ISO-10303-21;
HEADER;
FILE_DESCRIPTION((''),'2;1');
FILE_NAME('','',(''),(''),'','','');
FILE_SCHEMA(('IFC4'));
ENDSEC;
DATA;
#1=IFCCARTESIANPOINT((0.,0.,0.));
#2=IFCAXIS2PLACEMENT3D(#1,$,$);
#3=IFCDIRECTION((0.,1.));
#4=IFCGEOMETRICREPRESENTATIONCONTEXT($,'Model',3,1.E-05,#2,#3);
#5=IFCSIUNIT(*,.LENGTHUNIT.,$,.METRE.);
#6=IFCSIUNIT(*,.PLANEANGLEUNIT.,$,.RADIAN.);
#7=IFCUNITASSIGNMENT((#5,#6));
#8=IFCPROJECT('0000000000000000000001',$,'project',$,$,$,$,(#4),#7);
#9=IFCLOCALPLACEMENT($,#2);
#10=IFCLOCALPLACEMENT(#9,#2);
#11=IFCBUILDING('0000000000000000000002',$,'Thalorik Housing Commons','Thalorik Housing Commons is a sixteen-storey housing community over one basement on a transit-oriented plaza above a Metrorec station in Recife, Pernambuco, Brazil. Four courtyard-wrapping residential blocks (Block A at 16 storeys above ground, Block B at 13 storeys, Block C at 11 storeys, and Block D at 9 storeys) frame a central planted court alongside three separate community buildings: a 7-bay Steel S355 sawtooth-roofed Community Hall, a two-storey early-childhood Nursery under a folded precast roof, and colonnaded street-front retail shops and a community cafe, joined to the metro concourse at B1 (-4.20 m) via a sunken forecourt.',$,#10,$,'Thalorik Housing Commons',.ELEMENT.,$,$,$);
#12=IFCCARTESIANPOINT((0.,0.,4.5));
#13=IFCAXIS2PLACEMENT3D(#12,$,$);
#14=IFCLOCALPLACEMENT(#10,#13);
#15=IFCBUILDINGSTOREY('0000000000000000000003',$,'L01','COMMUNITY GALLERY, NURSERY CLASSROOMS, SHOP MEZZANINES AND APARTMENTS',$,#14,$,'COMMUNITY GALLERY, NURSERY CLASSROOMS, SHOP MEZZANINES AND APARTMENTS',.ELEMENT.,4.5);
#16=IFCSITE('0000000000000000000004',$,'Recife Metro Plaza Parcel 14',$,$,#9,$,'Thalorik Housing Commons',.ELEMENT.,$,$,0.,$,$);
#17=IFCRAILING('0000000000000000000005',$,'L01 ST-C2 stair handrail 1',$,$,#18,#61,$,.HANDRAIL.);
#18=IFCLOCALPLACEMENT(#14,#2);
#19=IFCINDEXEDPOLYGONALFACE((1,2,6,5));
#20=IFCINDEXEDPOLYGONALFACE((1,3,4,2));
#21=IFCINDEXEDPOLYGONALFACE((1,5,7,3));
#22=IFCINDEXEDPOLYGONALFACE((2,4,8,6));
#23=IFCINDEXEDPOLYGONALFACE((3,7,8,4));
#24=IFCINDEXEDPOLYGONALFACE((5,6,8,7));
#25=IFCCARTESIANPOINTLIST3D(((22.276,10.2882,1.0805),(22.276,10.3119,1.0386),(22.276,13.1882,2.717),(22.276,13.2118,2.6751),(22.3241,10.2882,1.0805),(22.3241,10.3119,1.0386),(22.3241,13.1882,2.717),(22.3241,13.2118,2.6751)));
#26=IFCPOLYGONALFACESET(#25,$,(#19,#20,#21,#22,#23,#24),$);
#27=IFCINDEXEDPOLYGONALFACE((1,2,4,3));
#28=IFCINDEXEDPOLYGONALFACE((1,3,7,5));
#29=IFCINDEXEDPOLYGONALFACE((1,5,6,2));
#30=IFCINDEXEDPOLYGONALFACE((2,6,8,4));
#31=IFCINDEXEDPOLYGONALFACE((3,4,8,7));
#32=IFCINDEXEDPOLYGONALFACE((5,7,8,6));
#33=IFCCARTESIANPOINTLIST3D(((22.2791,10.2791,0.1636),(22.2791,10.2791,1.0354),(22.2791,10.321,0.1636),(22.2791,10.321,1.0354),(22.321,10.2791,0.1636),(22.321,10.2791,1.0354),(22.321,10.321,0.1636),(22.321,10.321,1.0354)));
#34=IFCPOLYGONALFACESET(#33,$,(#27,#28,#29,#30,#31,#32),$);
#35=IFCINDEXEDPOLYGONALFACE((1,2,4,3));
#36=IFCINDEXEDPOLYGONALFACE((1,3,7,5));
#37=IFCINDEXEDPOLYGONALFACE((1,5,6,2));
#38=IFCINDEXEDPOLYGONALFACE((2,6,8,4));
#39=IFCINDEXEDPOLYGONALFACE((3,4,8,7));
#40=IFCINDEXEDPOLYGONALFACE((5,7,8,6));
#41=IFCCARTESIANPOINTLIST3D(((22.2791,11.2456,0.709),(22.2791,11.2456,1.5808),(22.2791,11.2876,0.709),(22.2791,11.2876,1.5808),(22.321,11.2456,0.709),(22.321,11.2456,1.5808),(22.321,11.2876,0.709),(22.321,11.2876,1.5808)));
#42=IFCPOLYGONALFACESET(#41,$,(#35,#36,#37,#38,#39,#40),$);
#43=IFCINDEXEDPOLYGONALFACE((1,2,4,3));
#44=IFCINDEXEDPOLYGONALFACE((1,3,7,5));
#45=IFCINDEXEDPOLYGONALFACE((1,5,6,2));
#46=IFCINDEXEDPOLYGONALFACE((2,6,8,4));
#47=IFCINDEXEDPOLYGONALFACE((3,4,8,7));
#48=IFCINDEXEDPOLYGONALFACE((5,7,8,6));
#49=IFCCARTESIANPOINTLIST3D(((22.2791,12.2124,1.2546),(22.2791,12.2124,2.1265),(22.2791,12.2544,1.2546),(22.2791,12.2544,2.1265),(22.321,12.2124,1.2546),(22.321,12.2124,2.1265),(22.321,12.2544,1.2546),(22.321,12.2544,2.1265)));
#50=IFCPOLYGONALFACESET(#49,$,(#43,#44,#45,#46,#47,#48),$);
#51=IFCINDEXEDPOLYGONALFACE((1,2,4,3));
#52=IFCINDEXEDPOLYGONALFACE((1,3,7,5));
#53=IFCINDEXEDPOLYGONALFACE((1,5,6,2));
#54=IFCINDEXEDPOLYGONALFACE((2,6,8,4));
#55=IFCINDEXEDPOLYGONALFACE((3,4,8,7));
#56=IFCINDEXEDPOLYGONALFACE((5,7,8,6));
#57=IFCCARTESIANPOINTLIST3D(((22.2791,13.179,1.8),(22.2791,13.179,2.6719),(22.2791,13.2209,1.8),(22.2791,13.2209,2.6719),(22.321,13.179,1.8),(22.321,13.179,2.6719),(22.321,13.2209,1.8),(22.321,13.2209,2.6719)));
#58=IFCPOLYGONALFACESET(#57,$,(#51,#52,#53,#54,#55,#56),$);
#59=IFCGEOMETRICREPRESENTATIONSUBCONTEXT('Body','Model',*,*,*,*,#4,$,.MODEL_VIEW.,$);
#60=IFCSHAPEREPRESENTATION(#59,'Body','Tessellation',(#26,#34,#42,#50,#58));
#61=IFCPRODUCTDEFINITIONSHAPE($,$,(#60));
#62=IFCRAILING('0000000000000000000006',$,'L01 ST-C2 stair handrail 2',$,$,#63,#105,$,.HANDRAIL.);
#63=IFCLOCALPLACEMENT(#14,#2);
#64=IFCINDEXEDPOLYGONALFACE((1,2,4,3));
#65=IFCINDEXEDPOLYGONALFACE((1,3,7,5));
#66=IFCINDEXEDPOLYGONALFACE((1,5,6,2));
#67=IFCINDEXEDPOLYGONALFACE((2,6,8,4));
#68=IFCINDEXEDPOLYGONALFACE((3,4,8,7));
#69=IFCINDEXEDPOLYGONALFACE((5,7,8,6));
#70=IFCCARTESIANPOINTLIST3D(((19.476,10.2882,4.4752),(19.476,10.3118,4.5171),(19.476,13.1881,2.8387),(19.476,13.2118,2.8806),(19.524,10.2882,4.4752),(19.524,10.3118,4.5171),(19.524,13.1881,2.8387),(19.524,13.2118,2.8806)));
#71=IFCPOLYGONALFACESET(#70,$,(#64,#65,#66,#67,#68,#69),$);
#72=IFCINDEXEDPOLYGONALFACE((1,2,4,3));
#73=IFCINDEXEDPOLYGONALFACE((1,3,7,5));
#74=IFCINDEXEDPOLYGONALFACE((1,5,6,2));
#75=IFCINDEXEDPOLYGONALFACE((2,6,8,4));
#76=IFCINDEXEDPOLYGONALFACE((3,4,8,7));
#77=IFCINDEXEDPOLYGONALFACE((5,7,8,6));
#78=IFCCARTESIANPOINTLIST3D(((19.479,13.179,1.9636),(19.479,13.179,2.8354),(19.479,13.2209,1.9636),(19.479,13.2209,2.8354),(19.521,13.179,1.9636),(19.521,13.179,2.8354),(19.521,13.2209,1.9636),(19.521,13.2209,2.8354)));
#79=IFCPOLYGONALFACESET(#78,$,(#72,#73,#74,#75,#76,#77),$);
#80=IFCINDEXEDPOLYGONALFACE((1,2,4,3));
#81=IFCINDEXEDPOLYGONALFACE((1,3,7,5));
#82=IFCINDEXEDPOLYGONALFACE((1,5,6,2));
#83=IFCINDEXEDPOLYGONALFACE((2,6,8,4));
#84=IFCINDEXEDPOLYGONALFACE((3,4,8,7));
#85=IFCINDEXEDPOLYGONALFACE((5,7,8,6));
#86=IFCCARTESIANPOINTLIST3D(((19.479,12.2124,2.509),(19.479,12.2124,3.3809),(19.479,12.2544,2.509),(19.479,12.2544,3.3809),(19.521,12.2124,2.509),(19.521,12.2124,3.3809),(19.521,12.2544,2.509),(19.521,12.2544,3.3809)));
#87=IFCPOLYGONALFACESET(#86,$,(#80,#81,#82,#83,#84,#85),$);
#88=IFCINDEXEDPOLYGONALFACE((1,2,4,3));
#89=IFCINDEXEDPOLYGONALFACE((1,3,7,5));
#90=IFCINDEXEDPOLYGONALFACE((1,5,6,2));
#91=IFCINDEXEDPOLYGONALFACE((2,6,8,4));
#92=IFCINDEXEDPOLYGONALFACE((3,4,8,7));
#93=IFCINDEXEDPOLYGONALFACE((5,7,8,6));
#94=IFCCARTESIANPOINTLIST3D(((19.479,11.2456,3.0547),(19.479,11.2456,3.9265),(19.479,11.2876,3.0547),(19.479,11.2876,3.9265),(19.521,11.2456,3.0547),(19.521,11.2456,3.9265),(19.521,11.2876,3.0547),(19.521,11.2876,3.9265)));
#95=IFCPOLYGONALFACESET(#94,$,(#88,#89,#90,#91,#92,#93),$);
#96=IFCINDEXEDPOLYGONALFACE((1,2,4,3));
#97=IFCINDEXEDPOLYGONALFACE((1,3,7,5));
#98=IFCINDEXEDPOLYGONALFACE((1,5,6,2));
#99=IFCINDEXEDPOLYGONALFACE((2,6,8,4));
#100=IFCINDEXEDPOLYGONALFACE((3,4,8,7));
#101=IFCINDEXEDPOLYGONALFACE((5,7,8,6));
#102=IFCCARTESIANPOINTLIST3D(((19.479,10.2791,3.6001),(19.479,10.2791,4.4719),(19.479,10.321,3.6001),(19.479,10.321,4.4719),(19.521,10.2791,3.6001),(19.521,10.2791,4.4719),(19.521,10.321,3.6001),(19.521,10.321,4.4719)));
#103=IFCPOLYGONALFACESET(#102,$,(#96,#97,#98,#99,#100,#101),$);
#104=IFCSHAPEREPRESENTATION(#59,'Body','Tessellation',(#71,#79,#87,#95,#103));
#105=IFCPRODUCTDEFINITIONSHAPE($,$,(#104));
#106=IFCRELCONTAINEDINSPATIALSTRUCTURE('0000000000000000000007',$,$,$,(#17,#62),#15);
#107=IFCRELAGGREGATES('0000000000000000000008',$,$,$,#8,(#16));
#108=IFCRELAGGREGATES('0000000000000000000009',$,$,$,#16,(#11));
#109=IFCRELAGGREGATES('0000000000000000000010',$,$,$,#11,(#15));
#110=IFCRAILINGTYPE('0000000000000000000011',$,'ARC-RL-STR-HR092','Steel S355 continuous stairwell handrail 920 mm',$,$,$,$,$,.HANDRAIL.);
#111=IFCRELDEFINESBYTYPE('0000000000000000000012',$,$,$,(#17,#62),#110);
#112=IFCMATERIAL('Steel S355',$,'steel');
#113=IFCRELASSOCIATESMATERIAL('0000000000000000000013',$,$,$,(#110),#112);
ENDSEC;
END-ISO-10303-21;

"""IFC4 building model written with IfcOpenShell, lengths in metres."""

from ifc_helpers import new_model, si_unit, direction, frame, origin, origin_2d, place, context, subcontext, project, spatial, rectangle, extrude, material, type_object, element, save


model = new_model("IFC4")

# Units and contexts
model_context = context("Model", 3, precision=1e-05, world=origin(), true_north=direction((0.0, 1.0)))
body_context = subcontext(model_context, "Body", "Model", "MODEL_VIEW")
ifc_project = project(units=[si_unit("LENGTHUNIT", "METRE"), si_unit("PLANEANGLEUNIT", "RADIAN")], contexts=[model_context])

# Site, building, storey
site_placement = place(None, origin())
site = spatial("IfcSite", under=ifc_project, at=site_placement, Name="Recife Metro Plaza Parcel 14", LongName="Thalorik Housing Commons", CompositionType="ELEMENT", RefElevation=0.0)
building_placement = place(site_placement, origin())
building = spatial("IfcBuilding", under=site, at=building_placement, Name="Thalorik Housing Commons", Description="Thalorik Housing Commons is a sixteen-storey housing community over one basement on a transit-oriented plaza above a Metrorec station in Recife, Pernambuco, Brazil. Four courtyard-wrapping residential blocks (Block A at 16 storeys above ground, Block B at 13 storeys, Block C at 11 storeys, and Block D at 9 storeys) frame a central planted court alongside three separate community buildings: a 7-bay Steel S355 sawtooth-roofed Community Hall, a two-storey early-childhood Nursery under a folded precast roof, and colonnaded street-front retail shops and a community cafe, joined to the metro concourse at B1 (-4.20 m) via a sunken forecourt.", LongName="Thalorik Housing Commons", CompositionType="ELEMENT")
storey_placement = place(building_placement, frame((0.0, 0.0, 4.5)))
storey = spatial("IfcBuildingStorey", under=building, at=storey_placement, Name="L01", Description="COMMUNITY GALLERY, NURSERY CLASSROOMS, SHOP MEZZANINES AND APARTMENTS", LongName="COMMUNITY GALLERY, NURSERY CLASSROOMS, SHOP MEZZANINES AND APARTMENTS", CompositionType="ELEMENT", Elevation=4.5)

# Shared definitions
ifc_material_1 = material(Name="Steel S355", Category="steel")

# Railings
railing_type_1 = type_object("IfcRailingType", Name="ARC-RL-STR-HR092", Description="Steel S355 continuous stairwell handrail 920 mm", PredefinedType="HANDRAIL", material=ifc_material_1)
railing_1_placement = place(storey_placement, frame((22.3, 10.3, 0.1636)))
element("IfcRailing", 1, at=railing_1_placement, inside=storey, type_object=railing_type_1, Name="L01 ST-C2 stair handrail 1", PredefinedType="HANDRAIL", context=body_context, shape_type="SweptSolid", body=[
    extrude(rectangle(XDim=0.0481, YDim=0.0481, at=origin_2d()), frame((0.0, 0.0, 0.896), z_axis=(0.0, 0.870897, 0.491465), x_axis=(-1.0, 0.0, 0.0)), (0.0, 0.0, 1.0), 3.3298),
    extrude(rectangle(XDim=0.042, YDim=0.042, at=origin_2d()), origin(), (0.0, 0.0, 1.0), 0.8718),
    extrude(rectangle(XDim=0.042, YDim=0.042, at=origin_2d()), frame((0.0, 0.9666, 0.5454)), (0.0, 0.0, 1.0), 0.8718),
    extrude(rectangle(XDim=0.042, YDim=0.042, at=origin_2d()), frame((0.0, 1.9333, 1.0911)), (0.0, 0.0, 1.0), 0.8718),
    extrude(rectangle(XDim=0.042, YDim=0.042, at=origin_2d()), frame((0.0, 2.8999, 1.6365)), (0.0, 0.0, 1.0), 0.8718),
])
railing_2_placement = place(storey_placement, frame((19.5, 13.2, 1.9636)))
element("IfcRailing", 2, at=railing_2_placement, inside=storey, type_object=railing_type_1, Name="L01 ST-C2 stair handrail 2", PredefinedType="HANDRAIL", context=body_context, shape_type="SweptSolid", body=[
    extrude(rectangle(XDim=0.0481, YDim=0.0481, at=origin_2d()), frame((0.0, 0.0, 0.896), z_axis=(0.0, -0.870897, 0.491465), x_axis=(1.0, 0.0, 0.0)), (0.0, 0.0, 1.0), 3.3298),
    extrude(rectangle(XDim=0.042, YDim=0.042, at=origin_2d()), origin(), (0.0, 0.0, 1.0), 0.8718),
    extrude(rectangle(XDim=0.042, YDim=0.042, at=origin_2d()), frame((0.0, -0.9666, 0.5454)), (0.0, 0.0, 1.0), 0.8718),
    extrude(rectangle(XDim=0.042, YDim=0.042, at=origin_2d()), frame((0.0, -1.9333, 1.0911)), (0.0, 0.0, 1.0), 0.8718),
    extrude(rectangle(XDim=0.042, YDim=0.042, at=origin_2d()), frame((0.0, -2.8999, 1.6365)), (0.0, 0.0, 1.0), 0.8718),
])

save(model, "model.ifc")
